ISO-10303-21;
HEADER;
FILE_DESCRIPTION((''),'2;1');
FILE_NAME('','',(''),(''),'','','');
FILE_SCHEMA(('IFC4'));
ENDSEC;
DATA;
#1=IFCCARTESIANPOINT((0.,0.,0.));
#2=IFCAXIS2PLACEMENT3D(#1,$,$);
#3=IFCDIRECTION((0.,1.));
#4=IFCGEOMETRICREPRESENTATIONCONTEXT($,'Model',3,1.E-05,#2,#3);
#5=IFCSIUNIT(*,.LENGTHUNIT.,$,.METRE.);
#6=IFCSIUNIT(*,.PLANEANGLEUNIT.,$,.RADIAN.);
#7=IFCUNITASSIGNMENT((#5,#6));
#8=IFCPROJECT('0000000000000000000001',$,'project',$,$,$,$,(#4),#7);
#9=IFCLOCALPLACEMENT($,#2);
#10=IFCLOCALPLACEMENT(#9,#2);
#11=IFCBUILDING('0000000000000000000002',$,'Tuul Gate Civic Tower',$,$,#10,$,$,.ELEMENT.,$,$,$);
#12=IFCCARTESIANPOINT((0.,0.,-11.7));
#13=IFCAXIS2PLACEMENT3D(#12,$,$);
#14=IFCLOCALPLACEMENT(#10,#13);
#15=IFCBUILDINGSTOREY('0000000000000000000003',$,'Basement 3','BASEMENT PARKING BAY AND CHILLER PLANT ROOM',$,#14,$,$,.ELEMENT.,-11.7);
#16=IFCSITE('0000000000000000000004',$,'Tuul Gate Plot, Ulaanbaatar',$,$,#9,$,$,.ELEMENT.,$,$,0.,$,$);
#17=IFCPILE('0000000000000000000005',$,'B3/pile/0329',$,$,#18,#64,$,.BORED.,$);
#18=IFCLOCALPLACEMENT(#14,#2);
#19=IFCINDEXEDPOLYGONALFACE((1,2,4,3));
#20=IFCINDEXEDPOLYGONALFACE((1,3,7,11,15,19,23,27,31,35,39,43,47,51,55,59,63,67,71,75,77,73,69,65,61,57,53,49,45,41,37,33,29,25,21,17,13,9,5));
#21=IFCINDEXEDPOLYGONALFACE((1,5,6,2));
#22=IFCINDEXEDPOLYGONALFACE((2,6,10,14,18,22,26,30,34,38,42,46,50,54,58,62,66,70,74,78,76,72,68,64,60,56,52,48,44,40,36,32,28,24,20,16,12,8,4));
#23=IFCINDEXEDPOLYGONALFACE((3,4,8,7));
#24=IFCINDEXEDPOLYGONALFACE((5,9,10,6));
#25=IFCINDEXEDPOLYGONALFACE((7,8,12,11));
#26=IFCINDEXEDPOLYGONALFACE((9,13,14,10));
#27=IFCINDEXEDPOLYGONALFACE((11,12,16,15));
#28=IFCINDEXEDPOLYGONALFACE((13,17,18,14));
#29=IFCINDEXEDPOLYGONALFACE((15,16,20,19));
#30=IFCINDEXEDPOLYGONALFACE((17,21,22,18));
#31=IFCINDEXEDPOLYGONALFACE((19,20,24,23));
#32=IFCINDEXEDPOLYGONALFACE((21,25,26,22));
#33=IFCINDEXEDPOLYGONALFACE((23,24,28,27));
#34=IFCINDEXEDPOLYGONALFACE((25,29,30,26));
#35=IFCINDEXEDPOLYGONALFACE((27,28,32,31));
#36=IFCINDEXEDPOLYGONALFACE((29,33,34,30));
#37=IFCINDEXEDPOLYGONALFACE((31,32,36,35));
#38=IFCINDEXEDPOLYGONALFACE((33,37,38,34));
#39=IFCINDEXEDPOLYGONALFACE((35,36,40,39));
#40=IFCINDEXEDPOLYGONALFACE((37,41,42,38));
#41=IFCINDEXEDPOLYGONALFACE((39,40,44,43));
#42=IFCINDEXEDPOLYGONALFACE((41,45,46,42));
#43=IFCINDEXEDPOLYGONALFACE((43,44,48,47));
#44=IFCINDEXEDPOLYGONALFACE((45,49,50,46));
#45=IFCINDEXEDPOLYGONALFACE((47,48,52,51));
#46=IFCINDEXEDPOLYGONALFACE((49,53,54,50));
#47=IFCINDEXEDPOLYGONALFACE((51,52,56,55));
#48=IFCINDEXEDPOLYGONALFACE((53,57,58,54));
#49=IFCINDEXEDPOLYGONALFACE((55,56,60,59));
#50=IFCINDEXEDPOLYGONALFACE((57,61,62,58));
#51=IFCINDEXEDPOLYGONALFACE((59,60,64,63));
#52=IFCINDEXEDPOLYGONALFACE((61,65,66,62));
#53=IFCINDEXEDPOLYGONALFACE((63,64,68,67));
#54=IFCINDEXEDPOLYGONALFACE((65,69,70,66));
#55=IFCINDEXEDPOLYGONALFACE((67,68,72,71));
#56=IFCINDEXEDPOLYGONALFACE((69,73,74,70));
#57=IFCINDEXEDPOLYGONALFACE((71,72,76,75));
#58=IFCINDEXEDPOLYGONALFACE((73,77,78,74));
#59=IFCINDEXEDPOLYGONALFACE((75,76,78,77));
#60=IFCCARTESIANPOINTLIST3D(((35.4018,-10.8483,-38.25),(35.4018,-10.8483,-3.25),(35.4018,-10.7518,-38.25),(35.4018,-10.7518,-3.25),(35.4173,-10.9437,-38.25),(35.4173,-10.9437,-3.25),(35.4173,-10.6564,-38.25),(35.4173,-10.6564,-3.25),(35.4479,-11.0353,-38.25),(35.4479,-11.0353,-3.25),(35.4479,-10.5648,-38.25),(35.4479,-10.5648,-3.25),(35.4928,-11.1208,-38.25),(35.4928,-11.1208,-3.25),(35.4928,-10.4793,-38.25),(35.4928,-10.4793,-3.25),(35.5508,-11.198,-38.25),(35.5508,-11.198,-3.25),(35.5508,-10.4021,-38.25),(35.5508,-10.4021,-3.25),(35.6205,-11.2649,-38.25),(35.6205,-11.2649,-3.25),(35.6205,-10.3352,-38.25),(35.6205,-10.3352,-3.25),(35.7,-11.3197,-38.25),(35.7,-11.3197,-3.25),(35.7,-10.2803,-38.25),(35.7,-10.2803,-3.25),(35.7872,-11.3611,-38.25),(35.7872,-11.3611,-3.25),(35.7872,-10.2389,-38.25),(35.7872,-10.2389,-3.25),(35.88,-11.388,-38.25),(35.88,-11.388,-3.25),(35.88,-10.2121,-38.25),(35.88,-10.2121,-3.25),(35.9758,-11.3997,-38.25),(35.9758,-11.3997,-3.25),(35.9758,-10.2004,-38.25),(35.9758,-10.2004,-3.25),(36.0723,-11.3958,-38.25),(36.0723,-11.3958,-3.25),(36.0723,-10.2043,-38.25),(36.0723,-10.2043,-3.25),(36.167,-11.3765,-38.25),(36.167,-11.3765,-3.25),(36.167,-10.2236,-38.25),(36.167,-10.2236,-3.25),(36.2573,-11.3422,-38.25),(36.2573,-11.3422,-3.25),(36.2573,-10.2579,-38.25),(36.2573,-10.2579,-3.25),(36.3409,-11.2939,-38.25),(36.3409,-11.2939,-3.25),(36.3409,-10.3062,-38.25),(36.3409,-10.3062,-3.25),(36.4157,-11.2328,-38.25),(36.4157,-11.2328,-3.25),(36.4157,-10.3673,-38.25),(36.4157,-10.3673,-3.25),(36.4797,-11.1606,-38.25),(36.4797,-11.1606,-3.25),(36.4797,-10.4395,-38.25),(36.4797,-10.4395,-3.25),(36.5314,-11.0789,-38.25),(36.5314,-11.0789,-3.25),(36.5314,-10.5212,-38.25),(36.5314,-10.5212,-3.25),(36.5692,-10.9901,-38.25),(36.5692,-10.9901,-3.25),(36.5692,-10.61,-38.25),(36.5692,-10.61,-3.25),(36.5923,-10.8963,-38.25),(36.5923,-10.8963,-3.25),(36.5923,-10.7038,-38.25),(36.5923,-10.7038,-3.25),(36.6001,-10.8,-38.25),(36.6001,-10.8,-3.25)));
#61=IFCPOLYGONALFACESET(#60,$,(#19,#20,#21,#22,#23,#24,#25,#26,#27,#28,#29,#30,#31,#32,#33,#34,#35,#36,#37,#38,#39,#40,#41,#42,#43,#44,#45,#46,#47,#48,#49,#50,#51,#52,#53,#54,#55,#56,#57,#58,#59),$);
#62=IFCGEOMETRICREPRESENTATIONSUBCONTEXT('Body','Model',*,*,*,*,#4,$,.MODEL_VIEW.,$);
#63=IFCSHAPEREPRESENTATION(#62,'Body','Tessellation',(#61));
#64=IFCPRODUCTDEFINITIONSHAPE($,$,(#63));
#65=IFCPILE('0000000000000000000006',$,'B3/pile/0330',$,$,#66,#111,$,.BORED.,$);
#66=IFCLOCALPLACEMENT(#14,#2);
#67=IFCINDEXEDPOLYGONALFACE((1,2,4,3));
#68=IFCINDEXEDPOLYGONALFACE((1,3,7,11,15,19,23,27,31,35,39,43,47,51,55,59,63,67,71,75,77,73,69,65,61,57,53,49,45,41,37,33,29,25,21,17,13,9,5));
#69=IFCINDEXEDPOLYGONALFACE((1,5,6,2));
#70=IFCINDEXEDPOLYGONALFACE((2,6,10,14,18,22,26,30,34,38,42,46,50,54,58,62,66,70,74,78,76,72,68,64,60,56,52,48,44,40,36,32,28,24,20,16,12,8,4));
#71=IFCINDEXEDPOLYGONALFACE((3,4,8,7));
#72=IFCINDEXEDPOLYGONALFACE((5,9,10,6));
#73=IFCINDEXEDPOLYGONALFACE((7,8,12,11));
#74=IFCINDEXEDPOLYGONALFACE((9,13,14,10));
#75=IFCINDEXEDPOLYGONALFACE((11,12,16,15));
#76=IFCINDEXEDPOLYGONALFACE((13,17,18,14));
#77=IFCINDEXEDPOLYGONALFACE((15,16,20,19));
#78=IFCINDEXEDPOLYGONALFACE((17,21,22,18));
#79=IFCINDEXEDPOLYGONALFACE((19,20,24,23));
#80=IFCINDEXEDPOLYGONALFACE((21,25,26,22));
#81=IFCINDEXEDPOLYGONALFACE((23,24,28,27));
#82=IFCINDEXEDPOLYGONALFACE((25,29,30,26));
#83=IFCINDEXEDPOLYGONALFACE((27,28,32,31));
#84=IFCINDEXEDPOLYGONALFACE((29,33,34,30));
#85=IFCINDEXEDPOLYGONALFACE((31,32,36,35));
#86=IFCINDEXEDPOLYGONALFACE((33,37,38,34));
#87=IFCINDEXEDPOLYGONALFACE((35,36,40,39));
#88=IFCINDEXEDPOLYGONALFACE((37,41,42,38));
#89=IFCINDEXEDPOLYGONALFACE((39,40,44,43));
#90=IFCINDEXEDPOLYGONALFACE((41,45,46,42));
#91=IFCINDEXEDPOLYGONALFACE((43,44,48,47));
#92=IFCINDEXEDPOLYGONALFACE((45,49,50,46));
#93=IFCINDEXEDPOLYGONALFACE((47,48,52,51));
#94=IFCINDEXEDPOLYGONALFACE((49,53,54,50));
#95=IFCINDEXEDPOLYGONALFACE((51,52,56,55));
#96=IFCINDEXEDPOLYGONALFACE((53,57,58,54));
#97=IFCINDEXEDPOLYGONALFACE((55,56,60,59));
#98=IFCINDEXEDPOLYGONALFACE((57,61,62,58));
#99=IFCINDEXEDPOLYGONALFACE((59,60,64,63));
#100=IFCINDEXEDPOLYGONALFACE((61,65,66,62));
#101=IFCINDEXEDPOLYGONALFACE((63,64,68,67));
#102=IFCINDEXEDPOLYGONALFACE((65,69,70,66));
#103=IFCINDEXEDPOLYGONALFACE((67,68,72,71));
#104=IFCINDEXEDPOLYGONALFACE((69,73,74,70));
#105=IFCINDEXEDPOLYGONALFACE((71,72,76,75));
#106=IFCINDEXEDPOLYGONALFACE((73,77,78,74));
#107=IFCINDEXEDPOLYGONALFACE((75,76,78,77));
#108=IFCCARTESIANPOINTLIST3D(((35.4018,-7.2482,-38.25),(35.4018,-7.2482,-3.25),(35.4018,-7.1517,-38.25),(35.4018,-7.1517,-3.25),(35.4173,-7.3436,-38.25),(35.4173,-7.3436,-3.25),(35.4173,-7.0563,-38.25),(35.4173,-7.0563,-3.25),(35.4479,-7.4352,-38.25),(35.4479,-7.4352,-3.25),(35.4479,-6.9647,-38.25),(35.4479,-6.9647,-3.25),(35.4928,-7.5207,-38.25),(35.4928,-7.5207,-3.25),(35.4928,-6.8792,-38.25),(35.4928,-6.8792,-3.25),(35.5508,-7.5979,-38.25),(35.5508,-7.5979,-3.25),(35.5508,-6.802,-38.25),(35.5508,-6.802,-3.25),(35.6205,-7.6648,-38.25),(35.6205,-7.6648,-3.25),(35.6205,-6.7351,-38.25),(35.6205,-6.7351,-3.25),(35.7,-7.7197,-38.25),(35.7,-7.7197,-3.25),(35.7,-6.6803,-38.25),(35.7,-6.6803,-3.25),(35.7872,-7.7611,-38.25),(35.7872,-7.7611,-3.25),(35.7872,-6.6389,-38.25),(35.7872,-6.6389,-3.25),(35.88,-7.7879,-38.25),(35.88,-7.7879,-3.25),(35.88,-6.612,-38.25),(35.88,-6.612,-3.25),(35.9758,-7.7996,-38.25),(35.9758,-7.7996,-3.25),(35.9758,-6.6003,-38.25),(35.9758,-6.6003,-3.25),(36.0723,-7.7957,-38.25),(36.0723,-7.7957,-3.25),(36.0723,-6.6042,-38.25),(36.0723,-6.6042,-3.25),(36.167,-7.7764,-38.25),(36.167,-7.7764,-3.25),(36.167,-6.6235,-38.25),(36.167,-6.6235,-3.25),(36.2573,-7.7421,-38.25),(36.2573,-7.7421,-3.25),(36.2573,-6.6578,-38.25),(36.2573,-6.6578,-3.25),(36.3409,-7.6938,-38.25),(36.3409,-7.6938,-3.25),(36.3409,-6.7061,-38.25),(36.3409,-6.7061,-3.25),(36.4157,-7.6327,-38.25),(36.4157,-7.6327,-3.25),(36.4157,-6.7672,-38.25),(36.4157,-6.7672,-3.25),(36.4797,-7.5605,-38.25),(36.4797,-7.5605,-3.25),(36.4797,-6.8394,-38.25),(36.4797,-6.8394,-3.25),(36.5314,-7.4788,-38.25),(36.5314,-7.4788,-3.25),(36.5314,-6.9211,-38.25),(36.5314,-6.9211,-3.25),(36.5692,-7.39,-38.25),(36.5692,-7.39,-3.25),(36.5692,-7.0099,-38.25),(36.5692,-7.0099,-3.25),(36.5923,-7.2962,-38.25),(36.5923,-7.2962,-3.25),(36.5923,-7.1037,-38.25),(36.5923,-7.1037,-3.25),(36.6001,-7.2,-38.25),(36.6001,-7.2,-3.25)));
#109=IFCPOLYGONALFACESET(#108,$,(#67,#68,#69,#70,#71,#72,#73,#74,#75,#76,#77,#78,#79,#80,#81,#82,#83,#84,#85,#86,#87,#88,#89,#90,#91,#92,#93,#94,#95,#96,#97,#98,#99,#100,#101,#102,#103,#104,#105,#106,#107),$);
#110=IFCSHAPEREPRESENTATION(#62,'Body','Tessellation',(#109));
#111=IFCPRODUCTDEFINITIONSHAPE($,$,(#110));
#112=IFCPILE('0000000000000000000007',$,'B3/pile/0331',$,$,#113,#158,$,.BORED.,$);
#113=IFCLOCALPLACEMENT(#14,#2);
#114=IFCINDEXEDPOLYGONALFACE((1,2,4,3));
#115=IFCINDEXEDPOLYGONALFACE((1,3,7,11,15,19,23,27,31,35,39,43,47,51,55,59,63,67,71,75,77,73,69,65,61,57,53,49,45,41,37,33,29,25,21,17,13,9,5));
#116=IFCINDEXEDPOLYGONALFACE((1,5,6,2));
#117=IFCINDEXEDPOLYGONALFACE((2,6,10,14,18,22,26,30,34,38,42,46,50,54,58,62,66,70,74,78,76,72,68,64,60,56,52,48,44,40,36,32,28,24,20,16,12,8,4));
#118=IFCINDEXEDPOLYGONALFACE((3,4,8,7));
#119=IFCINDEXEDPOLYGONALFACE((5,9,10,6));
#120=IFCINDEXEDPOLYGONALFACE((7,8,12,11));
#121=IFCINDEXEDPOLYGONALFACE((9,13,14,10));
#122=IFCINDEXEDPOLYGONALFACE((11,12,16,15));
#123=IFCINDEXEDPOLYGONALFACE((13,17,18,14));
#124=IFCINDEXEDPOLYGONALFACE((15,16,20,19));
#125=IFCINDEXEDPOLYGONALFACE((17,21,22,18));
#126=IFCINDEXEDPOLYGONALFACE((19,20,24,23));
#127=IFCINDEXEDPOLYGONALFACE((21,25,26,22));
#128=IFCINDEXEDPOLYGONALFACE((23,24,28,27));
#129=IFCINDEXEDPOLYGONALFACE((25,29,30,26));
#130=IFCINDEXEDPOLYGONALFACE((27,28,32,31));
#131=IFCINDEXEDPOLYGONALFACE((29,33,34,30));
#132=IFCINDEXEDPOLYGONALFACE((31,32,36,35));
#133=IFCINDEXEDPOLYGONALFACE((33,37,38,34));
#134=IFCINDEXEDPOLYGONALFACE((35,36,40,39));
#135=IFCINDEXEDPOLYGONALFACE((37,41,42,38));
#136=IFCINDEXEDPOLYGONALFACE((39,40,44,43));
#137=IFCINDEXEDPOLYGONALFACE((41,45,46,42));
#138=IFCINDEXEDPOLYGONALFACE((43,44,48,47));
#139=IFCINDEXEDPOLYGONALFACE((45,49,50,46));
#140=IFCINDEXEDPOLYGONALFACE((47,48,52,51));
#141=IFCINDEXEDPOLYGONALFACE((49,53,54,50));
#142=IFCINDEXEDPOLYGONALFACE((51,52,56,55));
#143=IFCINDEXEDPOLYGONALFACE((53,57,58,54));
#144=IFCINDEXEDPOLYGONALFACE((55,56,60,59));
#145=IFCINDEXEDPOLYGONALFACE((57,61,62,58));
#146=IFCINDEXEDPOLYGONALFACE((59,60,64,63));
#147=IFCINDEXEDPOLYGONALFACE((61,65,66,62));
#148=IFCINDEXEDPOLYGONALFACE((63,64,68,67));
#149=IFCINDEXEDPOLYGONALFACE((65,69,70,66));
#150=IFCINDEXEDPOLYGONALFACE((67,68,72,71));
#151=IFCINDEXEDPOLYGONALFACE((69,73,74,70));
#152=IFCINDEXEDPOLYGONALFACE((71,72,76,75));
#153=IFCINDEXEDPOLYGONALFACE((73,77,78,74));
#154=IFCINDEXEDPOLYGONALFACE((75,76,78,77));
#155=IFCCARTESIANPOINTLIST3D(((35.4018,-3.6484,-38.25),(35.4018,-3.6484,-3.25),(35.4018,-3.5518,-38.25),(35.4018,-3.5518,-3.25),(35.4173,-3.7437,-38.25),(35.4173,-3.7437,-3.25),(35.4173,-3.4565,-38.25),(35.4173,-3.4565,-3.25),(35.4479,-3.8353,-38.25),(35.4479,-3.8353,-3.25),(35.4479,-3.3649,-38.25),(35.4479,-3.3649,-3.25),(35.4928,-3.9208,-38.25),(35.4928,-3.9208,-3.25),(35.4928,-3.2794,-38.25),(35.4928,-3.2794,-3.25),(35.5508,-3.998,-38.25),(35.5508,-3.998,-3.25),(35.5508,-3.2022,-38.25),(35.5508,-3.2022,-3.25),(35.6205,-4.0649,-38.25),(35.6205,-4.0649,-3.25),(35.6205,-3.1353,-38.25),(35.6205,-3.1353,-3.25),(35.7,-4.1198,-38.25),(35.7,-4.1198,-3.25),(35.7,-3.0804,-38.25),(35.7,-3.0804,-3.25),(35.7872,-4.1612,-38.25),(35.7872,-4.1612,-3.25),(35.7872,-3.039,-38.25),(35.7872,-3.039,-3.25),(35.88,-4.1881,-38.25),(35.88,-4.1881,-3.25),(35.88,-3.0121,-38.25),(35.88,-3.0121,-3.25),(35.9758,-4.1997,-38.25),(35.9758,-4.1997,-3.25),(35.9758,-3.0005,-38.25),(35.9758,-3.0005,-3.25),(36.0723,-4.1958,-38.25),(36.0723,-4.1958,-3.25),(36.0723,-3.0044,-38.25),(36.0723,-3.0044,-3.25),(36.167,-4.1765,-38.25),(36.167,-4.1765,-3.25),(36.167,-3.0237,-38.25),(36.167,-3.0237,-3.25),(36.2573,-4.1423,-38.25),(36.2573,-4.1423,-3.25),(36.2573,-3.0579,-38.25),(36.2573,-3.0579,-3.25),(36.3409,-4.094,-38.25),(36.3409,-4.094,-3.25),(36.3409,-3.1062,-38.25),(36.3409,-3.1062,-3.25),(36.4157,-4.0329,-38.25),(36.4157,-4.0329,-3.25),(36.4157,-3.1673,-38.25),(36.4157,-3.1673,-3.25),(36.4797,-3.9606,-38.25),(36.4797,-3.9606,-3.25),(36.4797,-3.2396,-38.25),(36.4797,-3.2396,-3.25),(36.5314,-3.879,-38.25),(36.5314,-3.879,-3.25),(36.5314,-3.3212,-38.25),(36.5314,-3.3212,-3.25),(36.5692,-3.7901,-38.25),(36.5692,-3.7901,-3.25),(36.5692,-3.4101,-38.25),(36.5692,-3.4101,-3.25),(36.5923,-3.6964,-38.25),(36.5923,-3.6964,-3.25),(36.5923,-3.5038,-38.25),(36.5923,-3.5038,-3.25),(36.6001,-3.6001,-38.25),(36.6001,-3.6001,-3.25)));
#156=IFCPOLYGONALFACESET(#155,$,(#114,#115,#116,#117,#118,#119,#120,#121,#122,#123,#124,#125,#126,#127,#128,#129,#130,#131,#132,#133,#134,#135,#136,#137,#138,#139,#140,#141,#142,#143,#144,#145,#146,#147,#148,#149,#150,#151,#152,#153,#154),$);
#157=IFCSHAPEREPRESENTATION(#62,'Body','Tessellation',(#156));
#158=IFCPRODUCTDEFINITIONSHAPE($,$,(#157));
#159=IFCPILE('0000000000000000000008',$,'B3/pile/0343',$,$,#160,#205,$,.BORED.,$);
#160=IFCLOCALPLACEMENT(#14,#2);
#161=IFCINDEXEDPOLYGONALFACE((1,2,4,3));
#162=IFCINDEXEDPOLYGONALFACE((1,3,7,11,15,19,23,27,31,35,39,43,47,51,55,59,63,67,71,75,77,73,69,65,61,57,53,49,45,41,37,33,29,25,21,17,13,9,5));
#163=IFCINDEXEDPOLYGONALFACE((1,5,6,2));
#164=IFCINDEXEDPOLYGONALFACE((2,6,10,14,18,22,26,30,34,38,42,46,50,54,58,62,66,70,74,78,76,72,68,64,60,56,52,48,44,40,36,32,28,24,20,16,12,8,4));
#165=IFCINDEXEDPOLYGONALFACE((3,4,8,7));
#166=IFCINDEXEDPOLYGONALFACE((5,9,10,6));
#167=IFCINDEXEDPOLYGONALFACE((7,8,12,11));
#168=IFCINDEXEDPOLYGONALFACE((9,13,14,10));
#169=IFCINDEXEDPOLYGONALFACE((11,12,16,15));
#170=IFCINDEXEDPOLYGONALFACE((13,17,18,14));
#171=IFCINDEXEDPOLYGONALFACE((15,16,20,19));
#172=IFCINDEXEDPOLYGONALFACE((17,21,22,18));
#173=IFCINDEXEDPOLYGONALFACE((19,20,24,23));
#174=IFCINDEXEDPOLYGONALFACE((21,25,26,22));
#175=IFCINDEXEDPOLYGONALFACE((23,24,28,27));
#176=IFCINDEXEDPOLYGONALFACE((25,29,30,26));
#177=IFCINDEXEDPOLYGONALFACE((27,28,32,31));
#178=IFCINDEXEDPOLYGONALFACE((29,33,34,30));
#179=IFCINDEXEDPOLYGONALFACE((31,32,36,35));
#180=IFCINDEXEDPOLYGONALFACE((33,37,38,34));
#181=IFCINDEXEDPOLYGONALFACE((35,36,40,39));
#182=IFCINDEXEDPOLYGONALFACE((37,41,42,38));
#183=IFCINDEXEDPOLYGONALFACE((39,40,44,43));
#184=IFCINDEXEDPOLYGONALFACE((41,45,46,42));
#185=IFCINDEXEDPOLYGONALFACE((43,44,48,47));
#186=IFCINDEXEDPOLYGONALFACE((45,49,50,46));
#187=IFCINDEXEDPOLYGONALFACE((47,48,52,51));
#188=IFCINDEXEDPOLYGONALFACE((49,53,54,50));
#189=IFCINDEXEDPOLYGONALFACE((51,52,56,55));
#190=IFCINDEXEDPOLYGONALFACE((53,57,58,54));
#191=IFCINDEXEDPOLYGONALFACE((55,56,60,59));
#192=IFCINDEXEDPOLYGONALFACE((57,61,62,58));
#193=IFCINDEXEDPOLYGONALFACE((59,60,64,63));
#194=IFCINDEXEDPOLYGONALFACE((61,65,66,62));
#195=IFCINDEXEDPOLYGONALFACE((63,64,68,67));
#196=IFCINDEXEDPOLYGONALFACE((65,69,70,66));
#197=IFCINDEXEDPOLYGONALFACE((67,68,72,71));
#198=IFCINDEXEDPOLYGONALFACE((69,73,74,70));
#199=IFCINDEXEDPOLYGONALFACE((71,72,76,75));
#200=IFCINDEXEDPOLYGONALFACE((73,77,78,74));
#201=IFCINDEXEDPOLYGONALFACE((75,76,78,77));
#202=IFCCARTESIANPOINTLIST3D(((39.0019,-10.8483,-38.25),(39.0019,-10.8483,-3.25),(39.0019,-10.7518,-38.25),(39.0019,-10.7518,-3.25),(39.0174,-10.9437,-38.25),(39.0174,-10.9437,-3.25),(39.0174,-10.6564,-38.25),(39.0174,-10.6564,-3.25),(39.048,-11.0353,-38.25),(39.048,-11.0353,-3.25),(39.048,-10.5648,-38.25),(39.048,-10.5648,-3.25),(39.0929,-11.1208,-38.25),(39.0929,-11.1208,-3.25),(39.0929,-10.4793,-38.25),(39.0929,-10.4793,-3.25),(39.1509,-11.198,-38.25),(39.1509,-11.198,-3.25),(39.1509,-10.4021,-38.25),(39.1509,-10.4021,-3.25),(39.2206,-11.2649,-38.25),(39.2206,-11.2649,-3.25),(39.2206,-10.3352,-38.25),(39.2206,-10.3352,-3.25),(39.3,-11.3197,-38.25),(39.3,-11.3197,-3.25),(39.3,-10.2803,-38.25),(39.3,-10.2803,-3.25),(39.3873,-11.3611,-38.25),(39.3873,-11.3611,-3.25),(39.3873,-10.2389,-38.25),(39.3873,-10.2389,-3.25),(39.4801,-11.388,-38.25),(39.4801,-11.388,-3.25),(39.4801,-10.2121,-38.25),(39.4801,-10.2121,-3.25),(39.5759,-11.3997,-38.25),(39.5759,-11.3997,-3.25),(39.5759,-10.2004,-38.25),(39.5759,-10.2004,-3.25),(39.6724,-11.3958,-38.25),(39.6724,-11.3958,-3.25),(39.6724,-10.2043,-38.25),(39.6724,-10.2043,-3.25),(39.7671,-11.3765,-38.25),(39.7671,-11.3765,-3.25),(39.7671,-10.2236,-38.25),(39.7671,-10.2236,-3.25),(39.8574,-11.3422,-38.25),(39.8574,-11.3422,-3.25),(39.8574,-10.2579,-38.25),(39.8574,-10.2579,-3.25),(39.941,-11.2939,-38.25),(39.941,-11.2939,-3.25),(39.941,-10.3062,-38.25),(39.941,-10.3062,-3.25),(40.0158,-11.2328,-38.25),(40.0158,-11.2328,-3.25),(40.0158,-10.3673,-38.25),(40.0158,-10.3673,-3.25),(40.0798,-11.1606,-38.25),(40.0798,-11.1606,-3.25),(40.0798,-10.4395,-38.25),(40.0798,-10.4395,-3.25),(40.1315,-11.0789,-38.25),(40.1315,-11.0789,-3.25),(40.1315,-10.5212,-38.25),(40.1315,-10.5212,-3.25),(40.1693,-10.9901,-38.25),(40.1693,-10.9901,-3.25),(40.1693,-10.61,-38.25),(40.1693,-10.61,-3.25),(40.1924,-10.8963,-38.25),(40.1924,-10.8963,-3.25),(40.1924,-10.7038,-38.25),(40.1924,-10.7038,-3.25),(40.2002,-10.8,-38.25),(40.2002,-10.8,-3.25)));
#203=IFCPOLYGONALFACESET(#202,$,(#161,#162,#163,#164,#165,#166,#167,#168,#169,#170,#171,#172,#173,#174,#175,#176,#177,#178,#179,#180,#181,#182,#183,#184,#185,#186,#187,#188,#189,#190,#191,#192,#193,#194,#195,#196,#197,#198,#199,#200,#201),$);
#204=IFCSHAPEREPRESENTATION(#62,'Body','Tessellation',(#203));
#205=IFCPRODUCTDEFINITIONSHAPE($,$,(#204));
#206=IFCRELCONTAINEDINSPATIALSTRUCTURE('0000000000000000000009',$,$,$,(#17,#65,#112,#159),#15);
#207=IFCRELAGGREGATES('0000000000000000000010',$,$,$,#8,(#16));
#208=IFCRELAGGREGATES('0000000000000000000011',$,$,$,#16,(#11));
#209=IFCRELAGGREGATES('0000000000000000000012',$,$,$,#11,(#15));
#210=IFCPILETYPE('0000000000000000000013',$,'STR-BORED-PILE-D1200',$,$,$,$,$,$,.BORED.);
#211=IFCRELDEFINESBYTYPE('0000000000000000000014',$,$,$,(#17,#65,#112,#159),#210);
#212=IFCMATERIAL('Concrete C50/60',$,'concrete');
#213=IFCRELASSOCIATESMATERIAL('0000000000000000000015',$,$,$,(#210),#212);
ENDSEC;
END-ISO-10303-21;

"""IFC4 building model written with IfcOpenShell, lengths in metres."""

from ifc_helpers import new_model, si_unit, direction, frame, origin, origin_2d, place, context, subcontext, project, spatial, circle, extrude, material, material_profile, profile_set, type_object, element, save


model = new_model("IFC4")

# Units and contexts
model_context = context("Model", 3, precision=1e-05, world=origin(), true_north=direction((0.0, 1.0)))
body_context = subcontext(model_context, "Body", "Model", "MODEL_VIEW")
ifc_project = project(units=[si_unit("LENGTHUNIT", "METRE"), si_unit("PLANEANGLEUNIT", "RADIAN")], contexts=[model_context])

# Site, building, storey
site_placement = place(None, origin())
site = spatial("IfcSite", under=ifc_project, at=site_placement, Name="Tuul Gate Plot, Ulaanbaatar", CompositionType="ELEMENT", RefElevation=0.0)
building_placement = place(site_placement, origin())
building = spatial("IfcBuilding", under=site, at=building_placement, Name="Tuul Gate Civic Tower", CompositionType="ELEMENT")
storey_placement = place(building_placement, frame((0.0, 0.0, -11.7)))
storey = spatial("IfcBuildingStorey", under=building, at=storey_placement, Name="Basement 3", Description="BASEMENT PARKING BAY AND CHILLER PLANT ROOM", CompositionType="ELEMENT", Elevation=-11.7)

# Piles
ifc_material_1 = material(Name="Concrete C50/60", Category="concrete")
ifc_material_profile = material_profile(ifc_material_1, circle(Radius=0.6001, at=origin_2d()), Name="PILE1200")
ifc_profile_set = profile_set([ifc_material_profile], Name="Concrete C50/60")
pile_type = type_object("IfcPileType", Name="STR-BORED-PILE-D1200", PredefinedType="BORED", material=ifc_profile_set)
for number, where, z_axis, x_axis, name in (
    (1, (36.0, -10.8, -3.25), (0.0, 0.0, -1.0), (1.0, 0.0, 0.0), "B3/pile/0329"),
    (2, (36.0, -7.2, -3.25), (0.0, 0.0, -1.0), (1.0, 0.0, 0.0), "B3/pile/0330"),
    (3, (36.0, -3.6001, -3.25), (0.0, 0.0, -1.0), (1.0, 0.0, 0.0), "B3/pile/0331"),
    (4, (39.6001, -10.8, -3.25), (0.0, 0.0, -1.0), (1.0, 0.0, 0.0), "B3/pile/0343"),
):
    element("IfcPile", number, at=place(storey_placement, frame(where, z_axis=z_axis, x_axis=x_axis)), inside=storey, type_object=pile_type, Name=name, PredefinedType="BORED", context=body_context, shape_type="SweptSolid", body=[
        extrude(circle(Radius=0.6001, at=origin_2d()), origin(), (0.0, 0.0, 1.0), 35.0),
    ])

save(model, "model.ifc")
